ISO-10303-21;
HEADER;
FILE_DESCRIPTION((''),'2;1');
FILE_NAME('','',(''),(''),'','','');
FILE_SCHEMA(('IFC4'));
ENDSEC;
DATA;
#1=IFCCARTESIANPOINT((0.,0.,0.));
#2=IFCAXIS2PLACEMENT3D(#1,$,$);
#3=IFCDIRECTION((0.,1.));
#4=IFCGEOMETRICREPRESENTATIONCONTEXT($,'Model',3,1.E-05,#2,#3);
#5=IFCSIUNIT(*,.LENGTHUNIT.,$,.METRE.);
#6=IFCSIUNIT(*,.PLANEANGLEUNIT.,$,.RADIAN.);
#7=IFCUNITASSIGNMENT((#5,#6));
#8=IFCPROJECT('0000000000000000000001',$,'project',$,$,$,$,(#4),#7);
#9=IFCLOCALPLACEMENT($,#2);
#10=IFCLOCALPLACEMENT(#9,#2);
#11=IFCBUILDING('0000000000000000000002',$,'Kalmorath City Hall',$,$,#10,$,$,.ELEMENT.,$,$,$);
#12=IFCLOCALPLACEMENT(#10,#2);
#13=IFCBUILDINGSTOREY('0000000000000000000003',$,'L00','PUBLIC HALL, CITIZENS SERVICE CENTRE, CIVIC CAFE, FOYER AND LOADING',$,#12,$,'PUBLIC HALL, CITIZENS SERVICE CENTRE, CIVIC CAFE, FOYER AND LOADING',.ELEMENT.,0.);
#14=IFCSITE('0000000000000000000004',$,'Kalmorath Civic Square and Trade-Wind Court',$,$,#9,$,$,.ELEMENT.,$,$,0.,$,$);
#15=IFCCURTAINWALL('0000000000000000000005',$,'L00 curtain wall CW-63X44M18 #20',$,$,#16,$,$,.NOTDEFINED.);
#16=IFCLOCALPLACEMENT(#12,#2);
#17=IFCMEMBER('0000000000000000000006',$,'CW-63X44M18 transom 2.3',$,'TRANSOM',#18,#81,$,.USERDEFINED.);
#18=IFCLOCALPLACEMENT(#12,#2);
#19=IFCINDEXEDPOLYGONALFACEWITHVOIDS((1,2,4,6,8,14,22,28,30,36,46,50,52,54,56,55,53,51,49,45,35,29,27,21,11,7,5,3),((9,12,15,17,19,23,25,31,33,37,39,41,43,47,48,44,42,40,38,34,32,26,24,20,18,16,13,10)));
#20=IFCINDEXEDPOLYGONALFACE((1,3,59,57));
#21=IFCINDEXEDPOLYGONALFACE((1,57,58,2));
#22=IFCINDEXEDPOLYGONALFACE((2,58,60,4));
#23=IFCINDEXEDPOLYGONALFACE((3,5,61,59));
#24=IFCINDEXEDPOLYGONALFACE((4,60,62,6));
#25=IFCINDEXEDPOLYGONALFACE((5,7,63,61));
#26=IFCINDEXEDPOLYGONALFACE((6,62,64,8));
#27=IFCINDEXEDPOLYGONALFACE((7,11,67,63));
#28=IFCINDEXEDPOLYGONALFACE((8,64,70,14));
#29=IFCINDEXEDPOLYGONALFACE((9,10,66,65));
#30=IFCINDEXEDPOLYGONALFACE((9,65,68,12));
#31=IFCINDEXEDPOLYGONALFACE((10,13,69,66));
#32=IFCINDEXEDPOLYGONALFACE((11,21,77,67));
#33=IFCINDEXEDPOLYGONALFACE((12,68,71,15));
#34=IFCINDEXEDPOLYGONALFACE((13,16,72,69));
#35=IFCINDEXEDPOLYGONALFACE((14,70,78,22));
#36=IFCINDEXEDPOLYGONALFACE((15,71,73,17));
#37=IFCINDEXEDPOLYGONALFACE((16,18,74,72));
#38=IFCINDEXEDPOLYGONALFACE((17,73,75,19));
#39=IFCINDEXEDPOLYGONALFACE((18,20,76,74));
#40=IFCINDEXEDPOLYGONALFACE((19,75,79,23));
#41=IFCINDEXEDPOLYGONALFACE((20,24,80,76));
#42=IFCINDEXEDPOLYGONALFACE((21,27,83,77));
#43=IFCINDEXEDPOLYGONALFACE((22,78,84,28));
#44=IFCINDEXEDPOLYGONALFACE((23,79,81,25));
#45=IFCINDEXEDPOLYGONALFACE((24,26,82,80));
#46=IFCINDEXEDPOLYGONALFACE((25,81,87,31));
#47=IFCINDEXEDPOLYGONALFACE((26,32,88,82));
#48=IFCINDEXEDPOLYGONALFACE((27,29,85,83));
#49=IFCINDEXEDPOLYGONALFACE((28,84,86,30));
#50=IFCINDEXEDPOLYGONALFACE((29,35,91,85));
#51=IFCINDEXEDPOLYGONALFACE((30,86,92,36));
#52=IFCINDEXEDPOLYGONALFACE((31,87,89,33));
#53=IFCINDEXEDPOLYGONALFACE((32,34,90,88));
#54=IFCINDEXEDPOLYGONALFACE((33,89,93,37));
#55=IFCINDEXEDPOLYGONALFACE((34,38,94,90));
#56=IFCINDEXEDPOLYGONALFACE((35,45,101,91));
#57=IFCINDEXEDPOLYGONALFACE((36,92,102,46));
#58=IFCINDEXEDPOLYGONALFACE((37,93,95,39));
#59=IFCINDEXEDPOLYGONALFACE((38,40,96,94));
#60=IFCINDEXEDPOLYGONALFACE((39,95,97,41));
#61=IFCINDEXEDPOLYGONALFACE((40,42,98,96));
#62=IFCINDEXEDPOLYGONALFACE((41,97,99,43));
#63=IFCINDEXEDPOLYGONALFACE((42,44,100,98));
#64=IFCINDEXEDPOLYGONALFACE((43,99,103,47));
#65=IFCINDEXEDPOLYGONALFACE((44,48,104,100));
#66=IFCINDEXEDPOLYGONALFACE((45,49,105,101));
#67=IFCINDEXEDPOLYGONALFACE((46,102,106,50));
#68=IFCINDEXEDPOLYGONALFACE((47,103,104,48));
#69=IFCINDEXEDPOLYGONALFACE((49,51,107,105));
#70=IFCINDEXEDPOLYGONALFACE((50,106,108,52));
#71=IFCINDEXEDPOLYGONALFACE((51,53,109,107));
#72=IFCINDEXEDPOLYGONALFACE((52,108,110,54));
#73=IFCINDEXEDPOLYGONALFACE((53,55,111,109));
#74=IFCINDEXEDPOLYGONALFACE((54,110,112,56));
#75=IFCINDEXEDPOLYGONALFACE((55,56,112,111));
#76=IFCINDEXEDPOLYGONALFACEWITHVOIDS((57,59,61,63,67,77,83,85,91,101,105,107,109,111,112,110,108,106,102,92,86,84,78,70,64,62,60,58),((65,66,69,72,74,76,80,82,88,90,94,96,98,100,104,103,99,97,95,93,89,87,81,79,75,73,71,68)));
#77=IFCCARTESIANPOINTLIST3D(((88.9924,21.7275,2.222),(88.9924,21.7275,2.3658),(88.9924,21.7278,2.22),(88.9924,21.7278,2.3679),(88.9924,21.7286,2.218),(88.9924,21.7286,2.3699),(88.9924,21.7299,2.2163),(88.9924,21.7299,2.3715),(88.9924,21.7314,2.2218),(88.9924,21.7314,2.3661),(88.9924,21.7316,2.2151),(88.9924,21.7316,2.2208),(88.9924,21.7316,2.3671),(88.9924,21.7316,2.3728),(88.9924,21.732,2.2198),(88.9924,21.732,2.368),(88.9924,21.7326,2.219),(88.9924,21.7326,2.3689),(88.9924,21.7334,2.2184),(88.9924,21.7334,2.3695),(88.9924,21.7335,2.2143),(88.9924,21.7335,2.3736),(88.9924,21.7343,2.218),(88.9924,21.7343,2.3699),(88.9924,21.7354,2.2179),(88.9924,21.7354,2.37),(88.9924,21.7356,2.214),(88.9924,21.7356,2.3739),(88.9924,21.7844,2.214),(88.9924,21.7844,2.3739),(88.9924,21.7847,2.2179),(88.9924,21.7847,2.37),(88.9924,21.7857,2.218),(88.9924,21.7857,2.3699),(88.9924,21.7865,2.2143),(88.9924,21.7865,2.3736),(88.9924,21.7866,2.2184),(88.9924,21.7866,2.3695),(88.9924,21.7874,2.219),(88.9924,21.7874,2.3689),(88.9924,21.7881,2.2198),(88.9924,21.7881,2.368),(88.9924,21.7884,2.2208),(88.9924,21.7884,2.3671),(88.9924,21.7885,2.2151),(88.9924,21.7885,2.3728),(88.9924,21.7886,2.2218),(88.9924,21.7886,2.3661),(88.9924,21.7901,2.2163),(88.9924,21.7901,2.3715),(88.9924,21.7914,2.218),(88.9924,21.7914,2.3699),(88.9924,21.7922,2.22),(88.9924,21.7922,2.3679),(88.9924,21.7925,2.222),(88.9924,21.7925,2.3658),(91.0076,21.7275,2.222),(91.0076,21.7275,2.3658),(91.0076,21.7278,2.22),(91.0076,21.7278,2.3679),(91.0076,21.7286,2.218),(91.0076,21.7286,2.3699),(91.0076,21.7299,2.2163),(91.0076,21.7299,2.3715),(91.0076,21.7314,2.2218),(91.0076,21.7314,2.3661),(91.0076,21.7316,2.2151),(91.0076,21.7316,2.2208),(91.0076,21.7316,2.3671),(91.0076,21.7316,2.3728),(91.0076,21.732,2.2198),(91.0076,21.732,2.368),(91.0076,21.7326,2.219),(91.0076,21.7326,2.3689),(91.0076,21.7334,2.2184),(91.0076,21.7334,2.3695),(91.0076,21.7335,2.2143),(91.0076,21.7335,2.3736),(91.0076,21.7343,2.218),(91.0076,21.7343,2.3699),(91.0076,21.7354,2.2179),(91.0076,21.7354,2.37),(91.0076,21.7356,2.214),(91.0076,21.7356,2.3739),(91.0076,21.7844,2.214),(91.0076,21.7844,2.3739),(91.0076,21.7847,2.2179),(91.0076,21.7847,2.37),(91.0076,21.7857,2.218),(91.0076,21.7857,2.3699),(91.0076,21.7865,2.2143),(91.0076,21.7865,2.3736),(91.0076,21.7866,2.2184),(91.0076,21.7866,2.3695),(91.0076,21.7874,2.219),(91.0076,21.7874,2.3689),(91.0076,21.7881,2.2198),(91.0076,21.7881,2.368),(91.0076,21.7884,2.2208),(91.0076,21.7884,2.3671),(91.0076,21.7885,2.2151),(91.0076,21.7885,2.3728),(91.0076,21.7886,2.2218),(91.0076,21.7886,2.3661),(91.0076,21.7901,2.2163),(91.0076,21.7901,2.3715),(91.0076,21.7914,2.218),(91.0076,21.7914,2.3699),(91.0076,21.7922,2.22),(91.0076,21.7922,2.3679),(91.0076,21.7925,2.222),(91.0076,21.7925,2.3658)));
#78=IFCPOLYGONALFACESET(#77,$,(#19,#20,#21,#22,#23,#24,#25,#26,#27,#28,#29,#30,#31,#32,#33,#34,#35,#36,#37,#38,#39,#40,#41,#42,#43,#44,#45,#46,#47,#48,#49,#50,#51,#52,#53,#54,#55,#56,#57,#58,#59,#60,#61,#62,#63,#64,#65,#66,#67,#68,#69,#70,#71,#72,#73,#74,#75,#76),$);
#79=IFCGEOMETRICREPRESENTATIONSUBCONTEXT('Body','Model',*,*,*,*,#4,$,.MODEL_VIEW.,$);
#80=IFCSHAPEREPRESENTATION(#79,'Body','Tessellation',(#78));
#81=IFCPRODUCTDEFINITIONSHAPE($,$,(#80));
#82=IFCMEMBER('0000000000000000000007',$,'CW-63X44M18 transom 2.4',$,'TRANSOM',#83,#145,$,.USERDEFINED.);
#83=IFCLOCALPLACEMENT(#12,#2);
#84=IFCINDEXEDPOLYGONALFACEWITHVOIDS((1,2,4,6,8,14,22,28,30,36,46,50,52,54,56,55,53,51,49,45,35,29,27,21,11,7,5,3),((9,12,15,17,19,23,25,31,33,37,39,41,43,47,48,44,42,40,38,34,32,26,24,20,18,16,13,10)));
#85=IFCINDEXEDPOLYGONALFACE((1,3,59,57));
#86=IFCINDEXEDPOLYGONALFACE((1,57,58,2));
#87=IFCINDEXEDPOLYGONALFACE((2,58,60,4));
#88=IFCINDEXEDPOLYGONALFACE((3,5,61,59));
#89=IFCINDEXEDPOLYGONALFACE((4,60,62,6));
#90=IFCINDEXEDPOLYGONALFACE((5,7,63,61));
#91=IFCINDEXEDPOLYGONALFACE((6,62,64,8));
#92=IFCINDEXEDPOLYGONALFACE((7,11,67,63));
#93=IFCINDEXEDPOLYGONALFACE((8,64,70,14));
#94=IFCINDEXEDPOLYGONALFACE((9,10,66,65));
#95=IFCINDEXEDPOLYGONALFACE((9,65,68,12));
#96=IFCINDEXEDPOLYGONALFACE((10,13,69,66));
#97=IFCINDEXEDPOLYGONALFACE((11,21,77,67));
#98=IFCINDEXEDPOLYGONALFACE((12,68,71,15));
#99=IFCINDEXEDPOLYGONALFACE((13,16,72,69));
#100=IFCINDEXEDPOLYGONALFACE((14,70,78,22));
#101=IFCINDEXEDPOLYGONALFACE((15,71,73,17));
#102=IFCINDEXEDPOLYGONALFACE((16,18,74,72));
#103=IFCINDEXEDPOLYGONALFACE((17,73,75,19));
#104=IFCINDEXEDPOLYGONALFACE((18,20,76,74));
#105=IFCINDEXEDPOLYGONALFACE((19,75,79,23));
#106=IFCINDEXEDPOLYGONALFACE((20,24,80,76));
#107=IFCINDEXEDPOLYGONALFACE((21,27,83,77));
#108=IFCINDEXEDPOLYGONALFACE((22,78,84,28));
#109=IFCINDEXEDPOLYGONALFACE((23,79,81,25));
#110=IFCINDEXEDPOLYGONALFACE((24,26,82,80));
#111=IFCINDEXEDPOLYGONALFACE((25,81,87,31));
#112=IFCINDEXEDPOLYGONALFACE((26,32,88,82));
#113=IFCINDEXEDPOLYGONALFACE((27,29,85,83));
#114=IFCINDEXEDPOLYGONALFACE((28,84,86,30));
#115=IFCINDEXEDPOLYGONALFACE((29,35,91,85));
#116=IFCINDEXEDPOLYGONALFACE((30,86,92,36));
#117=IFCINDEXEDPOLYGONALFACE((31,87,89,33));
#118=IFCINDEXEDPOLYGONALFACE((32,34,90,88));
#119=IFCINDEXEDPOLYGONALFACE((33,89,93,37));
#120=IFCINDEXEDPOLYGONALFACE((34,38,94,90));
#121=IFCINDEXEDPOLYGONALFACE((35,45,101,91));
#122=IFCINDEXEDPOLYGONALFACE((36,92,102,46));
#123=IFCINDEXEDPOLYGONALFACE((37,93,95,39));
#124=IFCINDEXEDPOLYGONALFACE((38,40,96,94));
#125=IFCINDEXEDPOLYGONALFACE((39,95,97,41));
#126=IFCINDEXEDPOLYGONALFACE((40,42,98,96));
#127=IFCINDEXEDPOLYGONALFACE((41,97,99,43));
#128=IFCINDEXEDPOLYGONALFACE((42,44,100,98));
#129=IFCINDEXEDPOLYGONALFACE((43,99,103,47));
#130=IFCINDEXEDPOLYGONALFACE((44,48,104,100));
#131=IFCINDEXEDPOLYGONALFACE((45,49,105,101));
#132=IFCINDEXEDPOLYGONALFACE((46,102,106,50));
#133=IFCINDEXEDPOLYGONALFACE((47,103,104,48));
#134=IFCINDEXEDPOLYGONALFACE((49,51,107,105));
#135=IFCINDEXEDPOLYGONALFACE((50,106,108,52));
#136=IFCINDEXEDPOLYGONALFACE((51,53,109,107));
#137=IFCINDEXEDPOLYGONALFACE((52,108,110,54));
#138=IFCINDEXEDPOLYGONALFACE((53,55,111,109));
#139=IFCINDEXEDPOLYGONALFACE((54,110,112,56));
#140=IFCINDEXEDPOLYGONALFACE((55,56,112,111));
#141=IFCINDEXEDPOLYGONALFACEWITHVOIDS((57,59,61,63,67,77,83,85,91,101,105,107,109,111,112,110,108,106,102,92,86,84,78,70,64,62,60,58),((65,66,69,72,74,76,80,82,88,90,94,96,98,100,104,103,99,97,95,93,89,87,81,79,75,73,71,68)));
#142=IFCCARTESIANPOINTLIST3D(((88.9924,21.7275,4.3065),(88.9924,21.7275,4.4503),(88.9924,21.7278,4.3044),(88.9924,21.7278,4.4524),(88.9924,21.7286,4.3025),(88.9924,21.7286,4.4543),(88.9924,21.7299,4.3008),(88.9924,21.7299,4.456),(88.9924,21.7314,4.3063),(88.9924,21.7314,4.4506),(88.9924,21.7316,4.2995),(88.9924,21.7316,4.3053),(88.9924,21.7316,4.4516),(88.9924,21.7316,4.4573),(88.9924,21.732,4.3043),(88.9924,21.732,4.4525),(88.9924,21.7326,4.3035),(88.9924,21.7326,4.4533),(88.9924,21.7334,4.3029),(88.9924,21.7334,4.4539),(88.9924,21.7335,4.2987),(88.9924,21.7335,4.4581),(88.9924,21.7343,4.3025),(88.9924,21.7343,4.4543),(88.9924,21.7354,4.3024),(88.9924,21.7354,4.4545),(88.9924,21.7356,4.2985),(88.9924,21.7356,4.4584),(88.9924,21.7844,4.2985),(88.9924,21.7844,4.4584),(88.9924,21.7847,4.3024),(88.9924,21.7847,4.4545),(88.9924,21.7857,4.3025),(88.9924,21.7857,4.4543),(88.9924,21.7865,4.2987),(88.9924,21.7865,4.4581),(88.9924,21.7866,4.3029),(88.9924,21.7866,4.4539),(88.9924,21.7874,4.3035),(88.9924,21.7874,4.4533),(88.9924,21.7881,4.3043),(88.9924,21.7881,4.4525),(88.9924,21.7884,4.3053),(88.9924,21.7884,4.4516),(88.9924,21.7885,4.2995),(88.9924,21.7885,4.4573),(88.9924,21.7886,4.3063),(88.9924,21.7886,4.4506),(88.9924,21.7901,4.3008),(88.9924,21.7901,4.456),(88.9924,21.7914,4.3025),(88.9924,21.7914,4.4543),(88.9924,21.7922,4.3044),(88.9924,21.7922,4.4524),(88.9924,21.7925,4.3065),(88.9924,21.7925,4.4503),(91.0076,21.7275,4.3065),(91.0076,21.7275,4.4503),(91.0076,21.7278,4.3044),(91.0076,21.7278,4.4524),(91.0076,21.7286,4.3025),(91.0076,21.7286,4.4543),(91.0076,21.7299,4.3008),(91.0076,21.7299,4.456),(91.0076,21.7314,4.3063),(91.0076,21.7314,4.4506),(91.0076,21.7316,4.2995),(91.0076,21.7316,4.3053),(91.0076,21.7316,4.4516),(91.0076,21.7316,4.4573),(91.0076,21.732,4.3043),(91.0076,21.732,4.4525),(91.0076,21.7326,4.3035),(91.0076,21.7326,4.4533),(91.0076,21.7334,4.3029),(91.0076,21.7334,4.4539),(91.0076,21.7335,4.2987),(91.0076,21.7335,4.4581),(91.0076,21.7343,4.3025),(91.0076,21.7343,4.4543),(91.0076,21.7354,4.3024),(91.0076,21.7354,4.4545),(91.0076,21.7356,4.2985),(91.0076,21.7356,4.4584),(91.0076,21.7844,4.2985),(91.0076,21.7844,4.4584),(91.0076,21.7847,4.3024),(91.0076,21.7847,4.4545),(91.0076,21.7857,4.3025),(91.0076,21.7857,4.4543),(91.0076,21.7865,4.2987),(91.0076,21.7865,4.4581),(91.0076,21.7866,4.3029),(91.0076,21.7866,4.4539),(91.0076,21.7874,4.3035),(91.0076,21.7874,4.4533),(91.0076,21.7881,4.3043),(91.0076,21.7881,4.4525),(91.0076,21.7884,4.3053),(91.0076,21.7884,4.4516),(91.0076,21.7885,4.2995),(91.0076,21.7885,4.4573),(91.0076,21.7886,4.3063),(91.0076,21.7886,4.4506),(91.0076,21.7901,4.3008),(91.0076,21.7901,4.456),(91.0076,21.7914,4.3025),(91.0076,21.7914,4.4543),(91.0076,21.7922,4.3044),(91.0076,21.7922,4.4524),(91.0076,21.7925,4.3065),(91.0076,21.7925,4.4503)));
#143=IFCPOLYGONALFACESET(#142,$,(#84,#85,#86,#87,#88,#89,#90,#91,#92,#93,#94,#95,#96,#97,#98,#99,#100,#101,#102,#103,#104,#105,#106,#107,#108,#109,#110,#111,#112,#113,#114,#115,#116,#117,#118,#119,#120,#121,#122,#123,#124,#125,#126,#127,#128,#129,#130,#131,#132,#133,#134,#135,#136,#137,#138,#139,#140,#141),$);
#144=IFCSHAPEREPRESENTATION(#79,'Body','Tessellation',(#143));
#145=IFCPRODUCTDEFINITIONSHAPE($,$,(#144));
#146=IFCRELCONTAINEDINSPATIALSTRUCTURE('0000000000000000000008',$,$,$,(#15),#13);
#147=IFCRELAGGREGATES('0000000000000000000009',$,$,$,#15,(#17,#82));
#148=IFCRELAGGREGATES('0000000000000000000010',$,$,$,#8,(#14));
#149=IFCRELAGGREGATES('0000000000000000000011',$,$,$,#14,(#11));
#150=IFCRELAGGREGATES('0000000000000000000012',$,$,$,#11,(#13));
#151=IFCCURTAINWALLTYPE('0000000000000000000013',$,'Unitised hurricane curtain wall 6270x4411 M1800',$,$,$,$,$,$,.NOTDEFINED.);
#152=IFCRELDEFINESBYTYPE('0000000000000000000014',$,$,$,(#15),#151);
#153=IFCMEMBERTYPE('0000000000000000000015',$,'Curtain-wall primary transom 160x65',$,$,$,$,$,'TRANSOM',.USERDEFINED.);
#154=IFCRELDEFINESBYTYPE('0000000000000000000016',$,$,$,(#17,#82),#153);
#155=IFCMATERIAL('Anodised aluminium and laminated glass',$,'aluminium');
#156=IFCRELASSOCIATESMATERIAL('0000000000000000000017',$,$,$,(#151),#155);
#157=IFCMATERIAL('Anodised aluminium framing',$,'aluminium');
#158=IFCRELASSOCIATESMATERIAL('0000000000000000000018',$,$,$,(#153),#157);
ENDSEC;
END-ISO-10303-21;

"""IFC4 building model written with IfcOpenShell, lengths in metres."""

from ifc_helpers import new_model, si_unit, direction, frame, origin, origin_2d, place, context, subcontext, project, spatial, hollow_rectangle, extrude, material, material_profile, profile_set, type_object, element, aggregate, save


model = new_model("IFC4")

# Units and contexts
model_context = context("Model", 3, precision=1e-05, world=origin(), true_north=direction((0.0, 1.0)))
body_context = subcontext(model_context, "Body", "Model", "MODEL_VIEW")
ifc_project = project(units=[si_unit("LENGTHUNIT", "METRE"), si_unit("PLANEANGLEUNIT", "RADIAN")], contexts=[model_context])

# Site, building, storey
site_placement = place(None, origin())
site = spatial("IfcSite", under=ifc_project, at=site_placement, Name="Kalmorath Civic Square and Trade-Wind Court", CompositionType="ELEMENT", RefElevation=0.0)
building_placement = place(site_placement, origin())
building = spatial("IfcBuilding", under=site, at=building_placement, Name="Kalmorath City Hall", CompositionType="ELEMENT")
storey_placement = place(building_placement, origin())
storey = spatial("IfcBuildingStorey", under=building, at=storey_placement, Name="L00", Description="PUBLIC HALL, CITIZENS SERVICE CENTRE, CIVIC CAFE, FOYER AND LOADING", LongName="PUBLIC HALL, CITIZENS SERVICE CENTRE, CIVIC CAFE, FOYER AND LOADING", CompositionType="ELEMENT", Elevation=0.0)

# Curtain wall, members
ifc_material_1 = material(Name="Anodised aluminium and laminated glass", Category="aluminium")
curtain_wall_type = type_object("IfcCurtainWallType", Name="Unitised hurricane curtain wall 6270x4411 M1800", PredefinedType="NOTDEFINED", material=ifc_material_1)
curtain_wall_placement = place(storey_placement, origin())
curtain_wall = element("IfcCurtainWall", 1, at=curtain_wall_placement, inside=storey, type_object=curtain_wall_type, Name="L00 curtain wall CW-63X44M18 #20", PredefinedType="NOTDEFINED")
ifc_material_2 = material(Name="Anodised aluminium framing", Category="aluminium")
ifc_material_profile_1 = material_profile(ifc_material_2, hollow_rectangle(XDim=0.0649, YDim=0.1599, WallThickness=0.0039, InnerFilletRadius=0.0039, OuterFilletRadius=0.0081, at=origin_2d()), Name="ALU-TRN-160X65X4")
ifc_profile_set_1 = profile_set([ifc_material_profile_1], Name="Anodised aluminium framing")
member_type_1 = type_object("IfcMemberType", Name="Curtain-wall primary transom 160x65", ElementType="TRANSOM", PredefinedType="USERDEFINED", material=ifc_profile_set_1)
member_1_placement = place(storey_placement, frame((91.0076, 21.76, 2.2939), z_axis=(-1.0, 0.0, 0.0), x_axis=(0.0, -1.0, 0.0)))
member_1 = element("IfcMember", 2, at=member_1_placement, type_object=member_type_1, Name="CW-63X44M18 transom 2.3", ObjectType="TRANSOM", PredefinedType="USERDEFINED", context=body_context, shape_type="SweptSolid", body=[
    extrude(hollow_rectangle(XDim=0.0649, YDim=0.1599, WallThickness=0.0039, InnerFilletRadius=0.0039, OuterFilletRadius=0.0081, at=origin_2d()), origin(), (0.0, 0.0, 1.0), 2.0151),
])
member_2_placement = place(storey_placement, frame((91.0076, 21.76, 4.3784), z_axis=(-1.0, 0.0, 0.0), x_axis=(0.0, -1.0, 0.0)))
member_2 = element("IfcMember", 3, at=member_2_placement, type_object=member_type_1, Name="CW-63X44M18 transom 2.4", ObjectType="TRANSOM", PredefinedType="USERDEFINED", context=body_context, shape_type="SweptSolid", body=[
    extrude(hollow_rectangle(XDim=0.0649, YDim=0.1599, WallThickness=0.0039, InnerFilletRadius=0.0039, OuterFilletRadius=0.0081, at=origin_2d()), origin(), (0.0, 0.0, 1.0), 2.0151),
])
aggregate(curtain_wall, [member_1, member_2])

save(model, "model.ifc")
